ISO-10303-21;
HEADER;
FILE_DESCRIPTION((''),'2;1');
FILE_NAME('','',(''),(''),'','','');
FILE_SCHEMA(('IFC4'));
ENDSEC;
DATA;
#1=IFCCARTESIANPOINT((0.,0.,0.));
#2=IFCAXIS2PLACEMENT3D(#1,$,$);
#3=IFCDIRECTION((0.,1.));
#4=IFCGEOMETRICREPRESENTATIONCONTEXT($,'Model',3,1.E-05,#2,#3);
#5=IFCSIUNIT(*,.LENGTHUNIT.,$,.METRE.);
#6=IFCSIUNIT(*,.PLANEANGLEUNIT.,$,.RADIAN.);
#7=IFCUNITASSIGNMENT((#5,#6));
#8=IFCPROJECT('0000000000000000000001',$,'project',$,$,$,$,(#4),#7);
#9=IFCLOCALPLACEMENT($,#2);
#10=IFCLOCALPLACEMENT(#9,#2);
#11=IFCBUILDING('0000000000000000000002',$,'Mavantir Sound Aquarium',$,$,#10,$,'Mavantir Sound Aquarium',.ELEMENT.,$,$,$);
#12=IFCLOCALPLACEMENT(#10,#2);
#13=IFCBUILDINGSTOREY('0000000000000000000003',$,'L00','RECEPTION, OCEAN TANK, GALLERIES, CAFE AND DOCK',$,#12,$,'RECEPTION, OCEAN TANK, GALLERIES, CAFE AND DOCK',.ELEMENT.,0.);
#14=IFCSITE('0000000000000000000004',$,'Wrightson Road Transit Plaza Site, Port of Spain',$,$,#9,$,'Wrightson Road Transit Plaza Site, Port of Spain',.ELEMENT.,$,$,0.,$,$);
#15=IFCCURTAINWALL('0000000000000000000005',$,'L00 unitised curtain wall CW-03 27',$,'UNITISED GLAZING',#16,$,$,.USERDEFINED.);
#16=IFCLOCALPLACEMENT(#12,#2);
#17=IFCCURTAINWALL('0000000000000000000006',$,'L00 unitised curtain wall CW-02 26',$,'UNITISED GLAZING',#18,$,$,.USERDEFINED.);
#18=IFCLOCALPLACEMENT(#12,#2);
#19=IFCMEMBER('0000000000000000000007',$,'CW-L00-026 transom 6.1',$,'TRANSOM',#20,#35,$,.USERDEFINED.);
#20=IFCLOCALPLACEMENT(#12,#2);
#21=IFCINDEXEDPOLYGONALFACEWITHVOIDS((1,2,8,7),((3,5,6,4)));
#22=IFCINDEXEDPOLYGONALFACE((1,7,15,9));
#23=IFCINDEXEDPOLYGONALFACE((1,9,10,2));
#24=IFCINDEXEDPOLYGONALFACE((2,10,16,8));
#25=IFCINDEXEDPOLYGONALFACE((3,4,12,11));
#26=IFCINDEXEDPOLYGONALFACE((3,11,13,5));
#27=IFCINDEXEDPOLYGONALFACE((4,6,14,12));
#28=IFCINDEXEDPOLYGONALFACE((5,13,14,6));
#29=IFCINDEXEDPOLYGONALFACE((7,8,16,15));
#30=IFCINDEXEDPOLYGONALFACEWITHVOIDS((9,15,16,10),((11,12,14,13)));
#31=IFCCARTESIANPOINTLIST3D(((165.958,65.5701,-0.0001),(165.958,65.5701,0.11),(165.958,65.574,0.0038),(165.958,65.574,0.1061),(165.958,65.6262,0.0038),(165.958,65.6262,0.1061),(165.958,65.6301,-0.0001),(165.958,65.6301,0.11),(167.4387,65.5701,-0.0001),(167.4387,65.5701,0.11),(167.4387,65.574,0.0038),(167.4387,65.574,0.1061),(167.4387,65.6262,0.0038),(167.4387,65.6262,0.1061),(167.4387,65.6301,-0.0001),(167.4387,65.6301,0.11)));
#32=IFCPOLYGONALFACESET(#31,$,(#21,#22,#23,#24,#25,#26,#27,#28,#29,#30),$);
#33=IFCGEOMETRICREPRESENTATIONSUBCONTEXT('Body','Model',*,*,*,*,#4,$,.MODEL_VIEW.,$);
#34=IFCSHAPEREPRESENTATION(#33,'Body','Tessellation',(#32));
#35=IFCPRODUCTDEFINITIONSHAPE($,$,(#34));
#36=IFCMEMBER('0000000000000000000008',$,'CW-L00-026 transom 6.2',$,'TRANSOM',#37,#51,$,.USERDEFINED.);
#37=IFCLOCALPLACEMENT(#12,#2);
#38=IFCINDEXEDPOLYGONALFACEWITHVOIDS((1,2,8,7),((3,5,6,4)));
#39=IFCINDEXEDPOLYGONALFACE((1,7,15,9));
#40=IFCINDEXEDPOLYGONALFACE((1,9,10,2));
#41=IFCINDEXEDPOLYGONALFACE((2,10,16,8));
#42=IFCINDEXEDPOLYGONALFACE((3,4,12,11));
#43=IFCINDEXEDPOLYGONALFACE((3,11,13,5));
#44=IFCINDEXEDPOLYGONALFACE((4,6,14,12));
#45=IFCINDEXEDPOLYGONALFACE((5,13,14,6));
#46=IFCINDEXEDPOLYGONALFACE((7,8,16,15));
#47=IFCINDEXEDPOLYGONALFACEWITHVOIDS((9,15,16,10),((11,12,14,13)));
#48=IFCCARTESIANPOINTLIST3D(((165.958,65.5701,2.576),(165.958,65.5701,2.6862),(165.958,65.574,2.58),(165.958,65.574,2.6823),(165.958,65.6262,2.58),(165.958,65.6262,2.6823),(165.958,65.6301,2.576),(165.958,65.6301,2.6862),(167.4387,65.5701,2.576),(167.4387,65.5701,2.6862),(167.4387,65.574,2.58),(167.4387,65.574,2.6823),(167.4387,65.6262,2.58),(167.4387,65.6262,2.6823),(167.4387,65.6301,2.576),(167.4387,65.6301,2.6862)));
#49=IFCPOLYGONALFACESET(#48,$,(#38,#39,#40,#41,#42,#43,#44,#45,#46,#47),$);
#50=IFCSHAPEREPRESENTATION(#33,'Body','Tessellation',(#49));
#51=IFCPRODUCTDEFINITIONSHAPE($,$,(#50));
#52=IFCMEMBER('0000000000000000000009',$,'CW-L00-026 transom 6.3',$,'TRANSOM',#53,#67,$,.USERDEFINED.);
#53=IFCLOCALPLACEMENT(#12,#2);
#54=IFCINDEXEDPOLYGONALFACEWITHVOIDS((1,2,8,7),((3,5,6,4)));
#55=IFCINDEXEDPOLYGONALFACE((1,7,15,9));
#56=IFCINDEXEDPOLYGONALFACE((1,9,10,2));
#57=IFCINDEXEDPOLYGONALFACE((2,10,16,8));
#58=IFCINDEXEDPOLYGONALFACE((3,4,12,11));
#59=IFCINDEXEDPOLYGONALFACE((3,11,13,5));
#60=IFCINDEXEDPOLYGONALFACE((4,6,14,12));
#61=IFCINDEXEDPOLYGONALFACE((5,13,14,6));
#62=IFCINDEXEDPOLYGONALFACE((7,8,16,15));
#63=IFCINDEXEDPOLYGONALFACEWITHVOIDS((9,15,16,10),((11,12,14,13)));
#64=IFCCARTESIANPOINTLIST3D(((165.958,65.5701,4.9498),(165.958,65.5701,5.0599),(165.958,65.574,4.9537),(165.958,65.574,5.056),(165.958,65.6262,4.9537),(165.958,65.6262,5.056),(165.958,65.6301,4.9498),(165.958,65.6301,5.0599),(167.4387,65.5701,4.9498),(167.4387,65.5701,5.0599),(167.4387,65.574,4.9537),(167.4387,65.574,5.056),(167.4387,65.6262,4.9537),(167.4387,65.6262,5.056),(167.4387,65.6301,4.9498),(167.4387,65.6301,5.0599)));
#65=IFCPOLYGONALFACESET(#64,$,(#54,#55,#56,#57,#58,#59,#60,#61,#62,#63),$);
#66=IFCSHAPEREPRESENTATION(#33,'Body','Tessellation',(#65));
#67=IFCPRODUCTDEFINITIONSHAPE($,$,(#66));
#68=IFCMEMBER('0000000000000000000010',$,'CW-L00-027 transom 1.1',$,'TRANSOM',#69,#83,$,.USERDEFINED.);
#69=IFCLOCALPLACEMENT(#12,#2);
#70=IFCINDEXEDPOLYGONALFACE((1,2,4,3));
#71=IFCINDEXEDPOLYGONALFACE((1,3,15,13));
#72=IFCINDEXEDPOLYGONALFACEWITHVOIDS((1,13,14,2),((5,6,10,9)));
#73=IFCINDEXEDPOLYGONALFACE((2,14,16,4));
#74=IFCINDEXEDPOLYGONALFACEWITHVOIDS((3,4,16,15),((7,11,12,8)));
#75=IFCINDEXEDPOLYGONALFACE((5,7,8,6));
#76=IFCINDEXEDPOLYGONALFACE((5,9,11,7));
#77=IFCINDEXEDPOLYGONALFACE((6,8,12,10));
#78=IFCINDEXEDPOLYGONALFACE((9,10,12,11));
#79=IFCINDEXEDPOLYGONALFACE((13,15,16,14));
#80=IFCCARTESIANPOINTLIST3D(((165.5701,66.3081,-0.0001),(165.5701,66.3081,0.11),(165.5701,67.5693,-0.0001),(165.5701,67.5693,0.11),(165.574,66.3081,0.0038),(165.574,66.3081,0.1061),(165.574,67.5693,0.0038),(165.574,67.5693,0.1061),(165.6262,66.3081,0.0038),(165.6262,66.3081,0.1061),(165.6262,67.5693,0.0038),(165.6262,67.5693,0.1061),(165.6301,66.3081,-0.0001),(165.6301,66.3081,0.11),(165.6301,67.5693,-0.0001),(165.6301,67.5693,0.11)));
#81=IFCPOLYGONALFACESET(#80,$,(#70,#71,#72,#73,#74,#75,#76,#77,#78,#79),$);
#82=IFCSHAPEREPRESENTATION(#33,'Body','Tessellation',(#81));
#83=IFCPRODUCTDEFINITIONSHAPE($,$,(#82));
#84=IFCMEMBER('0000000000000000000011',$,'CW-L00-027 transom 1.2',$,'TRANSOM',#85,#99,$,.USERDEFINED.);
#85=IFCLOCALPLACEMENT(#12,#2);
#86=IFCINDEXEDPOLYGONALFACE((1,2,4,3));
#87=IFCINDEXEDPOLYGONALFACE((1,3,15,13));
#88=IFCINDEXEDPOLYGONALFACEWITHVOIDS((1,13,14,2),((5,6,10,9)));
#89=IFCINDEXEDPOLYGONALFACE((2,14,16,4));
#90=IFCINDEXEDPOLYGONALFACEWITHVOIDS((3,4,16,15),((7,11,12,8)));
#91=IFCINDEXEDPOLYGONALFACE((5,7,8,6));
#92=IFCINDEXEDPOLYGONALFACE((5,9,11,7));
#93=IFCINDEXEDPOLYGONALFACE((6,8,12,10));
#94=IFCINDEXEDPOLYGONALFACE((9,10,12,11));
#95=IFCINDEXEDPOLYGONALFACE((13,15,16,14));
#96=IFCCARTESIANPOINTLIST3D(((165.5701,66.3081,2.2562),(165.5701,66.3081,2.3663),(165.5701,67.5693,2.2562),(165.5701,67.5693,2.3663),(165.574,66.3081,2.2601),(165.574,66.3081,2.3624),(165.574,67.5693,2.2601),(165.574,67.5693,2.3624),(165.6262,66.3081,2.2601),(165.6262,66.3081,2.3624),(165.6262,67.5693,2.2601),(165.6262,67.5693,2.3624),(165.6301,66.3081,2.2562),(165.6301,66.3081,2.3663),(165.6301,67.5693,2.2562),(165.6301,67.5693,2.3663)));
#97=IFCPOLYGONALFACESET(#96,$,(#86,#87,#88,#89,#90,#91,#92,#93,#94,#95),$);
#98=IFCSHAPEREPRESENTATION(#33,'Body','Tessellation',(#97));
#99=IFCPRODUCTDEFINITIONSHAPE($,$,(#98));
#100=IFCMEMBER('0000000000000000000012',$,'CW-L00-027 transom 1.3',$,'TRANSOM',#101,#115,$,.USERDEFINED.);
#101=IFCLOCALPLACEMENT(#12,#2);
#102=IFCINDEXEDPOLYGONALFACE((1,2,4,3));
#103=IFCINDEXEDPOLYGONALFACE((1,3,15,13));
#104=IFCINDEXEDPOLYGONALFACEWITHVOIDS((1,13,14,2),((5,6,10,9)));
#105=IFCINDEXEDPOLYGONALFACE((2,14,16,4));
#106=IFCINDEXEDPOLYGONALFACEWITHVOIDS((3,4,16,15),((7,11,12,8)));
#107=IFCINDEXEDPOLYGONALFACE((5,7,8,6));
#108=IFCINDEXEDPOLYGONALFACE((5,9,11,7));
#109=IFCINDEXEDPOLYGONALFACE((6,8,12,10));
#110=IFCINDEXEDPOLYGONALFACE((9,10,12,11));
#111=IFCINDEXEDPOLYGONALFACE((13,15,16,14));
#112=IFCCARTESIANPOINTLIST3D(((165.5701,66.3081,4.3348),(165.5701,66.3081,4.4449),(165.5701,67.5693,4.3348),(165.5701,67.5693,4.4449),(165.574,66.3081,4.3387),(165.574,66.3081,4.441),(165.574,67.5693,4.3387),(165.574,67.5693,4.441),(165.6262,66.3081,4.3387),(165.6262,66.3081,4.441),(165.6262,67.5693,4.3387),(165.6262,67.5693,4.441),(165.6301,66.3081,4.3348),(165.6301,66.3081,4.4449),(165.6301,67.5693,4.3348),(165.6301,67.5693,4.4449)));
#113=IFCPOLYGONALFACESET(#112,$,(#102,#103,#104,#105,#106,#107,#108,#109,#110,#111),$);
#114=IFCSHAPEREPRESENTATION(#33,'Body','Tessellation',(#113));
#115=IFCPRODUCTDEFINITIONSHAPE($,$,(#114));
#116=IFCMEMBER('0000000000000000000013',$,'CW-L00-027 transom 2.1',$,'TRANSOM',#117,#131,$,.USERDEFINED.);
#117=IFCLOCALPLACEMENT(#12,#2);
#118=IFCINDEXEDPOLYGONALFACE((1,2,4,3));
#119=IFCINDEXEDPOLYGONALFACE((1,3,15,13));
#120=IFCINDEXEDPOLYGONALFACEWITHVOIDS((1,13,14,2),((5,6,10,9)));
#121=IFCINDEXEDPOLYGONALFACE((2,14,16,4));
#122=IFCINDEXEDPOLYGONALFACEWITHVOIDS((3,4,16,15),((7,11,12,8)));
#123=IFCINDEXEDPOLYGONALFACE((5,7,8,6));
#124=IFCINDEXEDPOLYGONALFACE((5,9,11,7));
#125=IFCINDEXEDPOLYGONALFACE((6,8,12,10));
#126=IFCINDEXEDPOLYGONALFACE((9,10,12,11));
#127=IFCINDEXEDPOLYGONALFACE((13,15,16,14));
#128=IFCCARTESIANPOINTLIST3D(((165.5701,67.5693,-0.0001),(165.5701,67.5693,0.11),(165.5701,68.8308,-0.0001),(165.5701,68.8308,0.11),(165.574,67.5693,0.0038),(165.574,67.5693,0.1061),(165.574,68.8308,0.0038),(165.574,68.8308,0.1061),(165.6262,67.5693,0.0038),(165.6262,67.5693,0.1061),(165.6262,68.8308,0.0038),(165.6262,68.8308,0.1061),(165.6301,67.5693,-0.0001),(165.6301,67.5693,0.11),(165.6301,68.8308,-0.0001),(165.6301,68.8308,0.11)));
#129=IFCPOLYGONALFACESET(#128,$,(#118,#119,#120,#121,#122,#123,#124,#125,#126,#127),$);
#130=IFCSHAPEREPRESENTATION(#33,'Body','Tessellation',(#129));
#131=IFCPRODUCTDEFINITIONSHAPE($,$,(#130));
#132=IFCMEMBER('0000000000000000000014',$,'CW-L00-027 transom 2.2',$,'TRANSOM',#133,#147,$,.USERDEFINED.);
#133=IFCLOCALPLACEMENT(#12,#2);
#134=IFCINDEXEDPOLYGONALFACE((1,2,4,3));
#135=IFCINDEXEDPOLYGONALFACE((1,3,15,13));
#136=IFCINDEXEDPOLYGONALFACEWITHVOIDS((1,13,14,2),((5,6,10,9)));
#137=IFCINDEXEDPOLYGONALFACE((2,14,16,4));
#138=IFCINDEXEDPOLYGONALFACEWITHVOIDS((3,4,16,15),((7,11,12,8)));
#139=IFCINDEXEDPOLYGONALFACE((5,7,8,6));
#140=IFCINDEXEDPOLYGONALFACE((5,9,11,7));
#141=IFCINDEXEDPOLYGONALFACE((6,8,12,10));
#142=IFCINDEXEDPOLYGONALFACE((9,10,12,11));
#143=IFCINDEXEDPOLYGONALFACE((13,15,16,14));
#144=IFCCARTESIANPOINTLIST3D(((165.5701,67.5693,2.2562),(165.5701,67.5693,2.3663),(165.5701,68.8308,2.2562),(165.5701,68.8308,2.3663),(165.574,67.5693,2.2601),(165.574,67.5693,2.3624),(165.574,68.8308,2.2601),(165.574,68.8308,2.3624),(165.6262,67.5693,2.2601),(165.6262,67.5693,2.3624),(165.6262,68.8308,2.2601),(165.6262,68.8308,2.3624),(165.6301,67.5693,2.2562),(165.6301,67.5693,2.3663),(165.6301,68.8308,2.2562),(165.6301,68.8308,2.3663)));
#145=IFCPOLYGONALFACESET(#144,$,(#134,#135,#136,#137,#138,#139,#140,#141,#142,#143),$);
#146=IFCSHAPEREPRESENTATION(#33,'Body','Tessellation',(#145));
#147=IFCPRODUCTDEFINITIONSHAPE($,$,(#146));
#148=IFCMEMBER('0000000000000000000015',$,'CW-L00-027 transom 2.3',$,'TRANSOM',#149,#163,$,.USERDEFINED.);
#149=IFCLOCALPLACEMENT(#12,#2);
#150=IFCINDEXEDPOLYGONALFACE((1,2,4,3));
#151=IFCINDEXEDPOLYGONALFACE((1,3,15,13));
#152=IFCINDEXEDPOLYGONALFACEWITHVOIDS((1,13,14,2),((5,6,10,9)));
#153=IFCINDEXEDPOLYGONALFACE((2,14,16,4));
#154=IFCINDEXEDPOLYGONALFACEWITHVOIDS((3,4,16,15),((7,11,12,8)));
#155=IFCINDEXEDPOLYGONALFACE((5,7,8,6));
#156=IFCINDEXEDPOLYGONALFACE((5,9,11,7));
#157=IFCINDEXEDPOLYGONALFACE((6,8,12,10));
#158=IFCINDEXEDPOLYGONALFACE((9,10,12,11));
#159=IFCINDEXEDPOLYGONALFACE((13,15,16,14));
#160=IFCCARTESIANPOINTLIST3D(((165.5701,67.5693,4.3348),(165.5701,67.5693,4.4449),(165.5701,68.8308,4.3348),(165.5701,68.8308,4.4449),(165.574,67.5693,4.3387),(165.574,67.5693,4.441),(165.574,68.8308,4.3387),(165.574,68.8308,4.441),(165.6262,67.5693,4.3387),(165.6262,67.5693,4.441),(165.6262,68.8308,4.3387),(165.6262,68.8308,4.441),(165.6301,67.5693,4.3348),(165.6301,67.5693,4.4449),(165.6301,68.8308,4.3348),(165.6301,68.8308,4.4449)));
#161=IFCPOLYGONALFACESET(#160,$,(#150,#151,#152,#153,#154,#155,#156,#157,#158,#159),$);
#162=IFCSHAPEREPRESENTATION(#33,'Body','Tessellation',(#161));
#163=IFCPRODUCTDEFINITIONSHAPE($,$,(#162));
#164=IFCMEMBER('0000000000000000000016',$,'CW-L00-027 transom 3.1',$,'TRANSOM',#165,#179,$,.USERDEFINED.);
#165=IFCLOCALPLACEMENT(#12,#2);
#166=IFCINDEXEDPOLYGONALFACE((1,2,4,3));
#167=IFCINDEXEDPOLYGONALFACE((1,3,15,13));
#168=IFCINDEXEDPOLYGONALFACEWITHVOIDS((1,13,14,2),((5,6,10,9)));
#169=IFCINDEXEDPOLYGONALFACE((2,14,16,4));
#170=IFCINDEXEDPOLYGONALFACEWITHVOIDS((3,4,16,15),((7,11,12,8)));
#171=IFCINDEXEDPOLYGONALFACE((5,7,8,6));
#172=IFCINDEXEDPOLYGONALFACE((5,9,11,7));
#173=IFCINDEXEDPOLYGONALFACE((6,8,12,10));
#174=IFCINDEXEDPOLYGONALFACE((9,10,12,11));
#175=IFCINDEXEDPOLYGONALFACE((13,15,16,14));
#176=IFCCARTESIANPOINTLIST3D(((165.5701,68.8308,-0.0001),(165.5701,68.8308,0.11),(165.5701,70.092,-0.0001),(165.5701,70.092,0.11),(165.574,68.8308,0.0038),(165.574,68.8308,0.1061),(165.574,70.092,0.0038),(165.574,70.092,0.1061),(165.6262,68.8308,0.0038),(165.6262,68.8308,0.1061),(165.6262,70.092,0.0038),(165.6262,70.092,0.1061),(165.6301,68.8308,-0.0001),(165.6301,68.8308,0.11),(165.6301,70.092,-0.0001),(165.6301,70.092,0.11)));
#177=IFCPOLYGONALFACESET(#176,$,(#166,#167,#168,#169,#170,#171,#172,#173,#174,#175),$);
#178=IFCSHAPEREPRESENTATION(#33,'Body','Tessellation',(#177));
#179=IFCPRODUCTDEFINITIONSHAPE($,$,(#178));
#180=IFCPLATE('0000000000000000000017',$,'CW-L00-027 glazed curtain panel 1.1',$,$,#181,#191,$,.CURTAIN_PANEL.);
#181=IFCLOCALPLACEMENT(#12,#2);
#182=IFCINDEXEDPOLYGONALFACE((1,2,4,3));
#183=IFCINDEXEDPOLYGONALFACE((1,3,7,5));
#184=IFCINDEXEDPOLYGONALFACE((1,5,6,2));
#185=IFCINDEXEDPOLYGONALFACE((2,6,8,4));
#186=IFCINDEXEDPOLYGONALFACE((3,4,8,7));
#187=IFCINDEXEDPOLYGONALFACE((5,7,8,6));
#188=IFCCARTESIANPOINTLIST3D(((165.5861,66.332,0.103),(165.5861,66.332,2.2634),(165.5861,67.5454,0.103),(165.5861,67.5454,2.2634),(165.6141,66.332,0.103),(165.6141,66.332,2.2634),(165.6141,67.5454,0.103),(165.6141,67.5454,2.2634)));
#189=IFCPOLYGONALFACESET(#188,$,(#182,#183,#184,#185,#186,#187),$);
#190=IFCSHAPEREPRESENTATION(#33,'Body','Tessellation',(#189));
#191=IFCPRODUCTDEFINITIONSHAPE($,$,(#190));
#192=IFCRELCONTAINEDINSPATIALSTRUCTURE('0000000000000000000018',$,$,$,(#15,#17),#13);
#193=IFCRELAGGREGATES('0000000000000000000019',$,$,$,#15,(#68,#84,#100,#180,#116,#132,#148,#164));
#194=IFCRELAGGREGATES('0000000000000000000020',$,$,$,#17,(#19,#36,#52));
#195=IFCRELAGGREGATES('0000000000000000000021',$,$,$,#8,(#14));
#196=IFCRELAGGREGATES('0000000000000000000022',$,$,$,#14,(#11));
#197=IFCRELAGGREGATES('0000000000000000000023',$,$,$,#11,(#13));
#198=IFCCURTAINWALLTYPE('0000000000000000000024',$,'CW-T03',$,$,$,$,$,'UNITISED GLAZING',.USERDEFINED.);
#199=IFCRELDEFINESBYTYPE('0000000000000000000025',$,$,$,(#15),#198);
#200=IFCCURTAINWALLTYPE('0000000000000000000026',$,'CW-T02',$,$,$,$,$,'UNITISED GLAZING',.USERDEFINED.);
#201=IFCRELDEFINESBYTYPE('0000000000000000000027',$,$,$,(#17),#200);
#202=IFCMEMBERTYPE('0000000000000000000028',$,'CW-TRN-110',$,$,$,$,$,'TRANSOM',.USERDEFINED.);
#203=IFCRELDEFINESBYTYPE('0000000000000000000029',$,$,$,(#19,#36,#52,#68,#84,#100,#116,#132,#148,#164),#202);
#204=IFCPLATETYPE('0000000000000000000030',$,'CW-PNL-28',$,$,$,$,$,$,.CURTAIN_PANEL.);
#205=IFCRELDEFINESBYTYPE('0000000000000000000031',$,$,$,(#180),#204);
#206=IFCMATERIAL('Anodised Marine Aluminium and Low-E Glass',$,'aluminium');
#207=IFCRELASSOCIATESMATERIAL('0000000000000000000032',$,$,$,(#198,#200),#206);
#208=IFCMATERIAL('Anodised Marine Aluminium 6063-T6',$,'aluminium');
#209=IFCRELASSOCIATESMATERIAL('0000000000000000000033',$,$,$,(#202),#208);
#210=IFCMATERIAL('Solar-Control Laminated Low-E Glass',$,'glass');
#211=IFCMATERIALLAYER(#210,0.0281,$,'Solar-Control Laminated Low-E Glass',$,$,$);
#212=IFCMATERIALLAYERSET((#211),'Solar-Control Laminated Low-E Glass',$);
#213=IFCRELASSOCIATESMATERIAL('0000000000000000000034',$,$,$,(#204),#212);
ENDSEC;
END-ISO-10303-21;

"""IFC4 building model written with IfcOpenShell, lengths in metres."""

from ifc_helpers import new_model, si_unit, direction, frame, origin, origin_2d, place, context, subcontext, project, spatial, rectangle, hollow_rectangle, extrude, material, layer, layer_set, material_profile, profile_set, type_object, element, aggregate, save


model = new_model("IFC4")

# Units and contexts
model_context = context("Model", 3, precision=1e-05, world=origin(), true_north=direction((0.0, 1.0)))
body_context = subcontext(model_context, "Body", "Model", "MODEL_VIEW")
ifc_project = project(units=[si_unit("LENGTHUNIT", "METRE"), si_unit("PLANEANGLEUNIT", "RADIAN")], contexts=[model_context])

# Site, building, storey
site_placement = place(None, origin())
site = spatial("IfcSite", under=ifc_project, at=site_placement, Name="Wrightson Road Transit Plaza Site, Port of Spain", LongName="Wrightson Road Transit Plaza Site, Port of Spain", CompositionType="ELEMENT", RefElevation=0.0)
building_placement = place(site_placement, origin())
building = spatial("IfcBuilding", under=site, at=building_placement, Name="Mavantir Sound Aquarium", LongName="Mavantir Sound Aquarium", CompositionType="ELEMENT")
storey_placement = place(building_placement, origin())
storey = spatial("IfcBuildingStorey", under=building, at=storey_placement, Name="L00", Description="RECEPTION, OCEAN TANK, GALLERIES, CAFE AND DOCK", LongName="RECEPTION, OCEAN TANK, GALLERIES, CAFE AND DOCK", CompositionType="ELEMENT", Elevation=0.0)

# Curtain walls, members
ifc_material_1 = material(Name="Anodised Marine Aluminium and Low-E Glass", Category="aluminium")
curtain_wall_type_1 = type_object("IfcCurtainWallType", Name="CW-T03", ElementType="UNITISED GLAZING", PredefinedType="USERDEFINED", material=ifc_material_1)
curtain_wall_1_placement = place(storey_placement, origin())
curtain_wall_1 = element("IfcCurtainWall", 1, at=curtain_wall_1_placement, inside=storey, type_object=curtain_wall_type_1, Name="L00 unitised curtain wall CW-03 27", ObjectType="UNITISED GLAZING", PredefinedType="USERDEFINED")
ifc_material_2 = material(Name="Anodised Marine Aluminium 6063-T6", Category="aluminium")
curtain_wall_type_2 = type_object("IfcCurtainWallType", Name="CW-T02", ElementType="UNITISED GLAZING", PredefinedType="USERDEFINED", material=ifc_material_1)
curtain_wall_2_placement = place(storey_placement, origin())
curtain_wall_2 = element("IfcCurtainWall", 2, at=curtain_wall_2_placement, inside=storey, type_object=curtain_wall_type_2, Name="L00 unitised curtain wall CW-02 26", ObjectType="UNITISED GLAZING", PredefinedType="USERDEFINED")
ifc_material_profile_1 = material_profile(ifc_material_2, hollow_rectangle(XDim=0.0601, YDim=0.1101, WallThickness=0.0039, at=origin_2d()), Name="ALU-TRANSOM-110X60")
ifc_profile_set_1 = profile_set([ifc_material_profile_1], Name="Anodised Marine Aluminium 6063-T6")
member_type_1 = type_object("IfcMemberType", Name="CW-TRN-110", ElementType="TRANSOM", PredefinedType="USERDEFINED", material=ifc_profile_set_1)
member_1_placement = place(storey_placement, frame((167.4387, 65.6001, 0.0549), z_axis=(-1.0, 0.0, 0.0), x_axis=(0.0, -1.0, 0.0)))
member_1 = element("IfcMember", 3, at=member_1_placement, type_object=member_type_1, Name="CW-L00-026 transom 6.1", ObjectType="TRANSOM", PredefinedType="USERDEFINED", context=body_context, shape_type="SweptSolid", body=[
    extrude(hollow_rectangle(XDim=0.0601, YDim=0.1101, WallThickness=0.0039, at=origin_2d()), origin(), (0.0, 0.0, 1.0), 1.4807),
])
member_2_placement = place(storey_placement, frame((167.4387, 65.6001, 2.6311), z_axis=(-1.0, 0.0, 0.0), x_axis=(0.0, -1.0, 0.0)))
member_2 = element("IfcMember", 4, at=member_2_placement, type_object=member_type_1, Name="CW-L00-026 transom 6.2", ObjectType="TRANSOM", PredefinedType="USERDEFINED", context=body_context, shape_type="SweptSolid", body=[
    extrude(hollow_rectangle(XDim=0.0601, YDim=0.1101, WallThickness=0.0039, at=origin_2d()), origin(), (0.0, 0.0, 1.0), 1.4807),
])
member_3_placement = place(storey_placement, frame((167.4387, 65.6001, 5.0049), z_axis=(-1.0, 0.0, 0.0), x_axis=(0.0, -1.0, 0.0)))
member_3 = element("IfcMember", 5, at=member_3_placement, type_object=member_type_1, Name="CW-L00-026 transom 6.3", ObjectType="TRANSOM", PredefinedType="USERDEFINED", context=body_context, shape_type="SweptSolid", body=[
    extrude(hollow_rectangle(XDim=0.0601, YDim=0.1101, WallThickness=0.0039, at=origin_2d()), origin(), (0.0, 0.0, 1.0), 1.4807),
])

# Members
member_4_placement = place(storey_placement, frame((165.6001, 66.3081, 0.0549), z_axis=(0.0, 1.0, 0.0), x_axis=(-1.0, 0.0, 0.0)))
member_4 = element("IfcMember", 6, at=member_4_placement, type_object=member_type_1, Name="CW-L00-027 transom 1.1", ObjectType="TRANSOM", PredefinedType="USERDEFINED", context=body_context, shape_type="SweptSolid", body=[
    extrude(hollow_rectangle(XDim=0.0601, YDim=0.1101, WallThickness=0.0039, at=origin_2d()), origin(), (0.0, 0.0, 1.0), 1.2612),
])
member_5_placement = place(storey_placement, frame((165.6001, 66.3081, 2.3113), z_axis=(0.0, 1.0, 0.0), x_axis=(-1.0, 0.0, 0.0)))
member_5 = element("IfcMember", 7, at=member_5_placement, type_object=member_type_1, Name="CW-L00-027 transom 1.2", ObjectType="TRANSOM", PredefinedType="USERDEFINED", context=body_context, shape_type="SweptSolid", body=[
    extrude(hollow_rectangle(XDim=0.0601, YDim=0.1101, WallThickness=0.0039, at=origin_2d()), origin(), (0.0, 0.0, 1.0), 1.2612),
])
member_6_placement = place(storey_placement, frame((165.6001, 66.3081, 4.3899), z_axis=(0.0, 1.0, 0.0), x_axis=(-1.0, 0.0, 0.0)))
member_6 = element("IfcMember", 8, at=member_6_placement, type_object=member_type_1, Name="CW-L00-027 transom 1.3", ObjectType="TRANSOM", PredefinedType="USERDEFINED", context=body_context, shape_type="SweptSolid", body=[
    extrude(hollow_rectangle(XDim=0.0601, YDim=0.1101, WallThickness=0.0039, at=origin_2d()), origin(), (0.0, 0.0, 1.0), 1.2612),
])
member_7_placement = place(storey_placement, frame((165.6001, 67.5693, 0.0549), z_axis=(0.0, 1.0, 0.0), x_axis=(-1.0, 0.0, 0.0)))
member_7 = element("IfcMember", 9, at=member_7_placement, type_object=member_type_1, Name="CW-L00-027 transom 2.1", ObjectType="TRANSOM", PredefinedType="USERDEFINED", context=body_context, shape_type="SweptSolid", body=[
    extrude(hollow_rectangle(XDim=0.0601, YDim=0.1101, WallThickness=0.0039, at=origin_2d()), origin(), (0.0, 0.0, 1.0), 1.2615),
])
member_8_placement = place(storey_placement, frame((165.6001, 67.5693, 2.3113), z_axis=(0.0, 1.0, 0.0), x_axis=(-1.0, 0.0, 0.0)))
member_8 = element("IfcMember", 10, at=member_8_placement, type_object=member_type_1, Name="CW-L00-027 transom 2.2", ObjectType="TRANSOM", PredefinedType="USERDEFINED", context=body_context, shape_type="SweptSolid", body=[
    extrude(hollow_rectangle(XDim=0.0601, YDim=0.1101, WallThickness=0.0039, at=origin_2d()), origin(), (0.0, 0.0, 1.0), 1.2615),
])
member_9_placement = place(storey_placement, frame((165.6001, 67.5693, 4.3899), z_axis=(0.0, 1.0, 0.0), x_axis=(-1.0, 0.0, 0.0)))
member_9 = element("IfcMember", 11, at=member_9_placement, type_object=member_type_1, Name="CW-L00-027 transom 2.3", ObjectType="TRANSOM", PredefinedType="USERDEFINED", context=body_context, shape_type="SweptSolid", body=[
    extrude(hollow_rectangle(XDim=0.0601, YDim=0.1101, WallThickness=0.0039, at=origin_2d()), origin(), (0.0, 0.0, 1.0), 1.2615),
])
member_10_placement = place(storey_placement, frame((165.6001, 68.8308, 0.0549), z_axis=(0.0, 1.0, 0.0), x_axis=(-1.0, 0.0, 0.0)))
member_10 = element("IfcMember", 12, at=member_10_placement, type_object=member_type_1, Name="CW-L00-027 transom 3.1", ObjectType="TRANSOM", PredefinedType="USERDEFINED", context=body_context, shape_type="SweptSolid", body=[
    extrude(hollow_rectangle(XDim=0.0601, YDim=0.1101, WallThickness=0.0039, at=origin_2d()), origin(), (0.0, 0.0, 1.0), 1.2612),
])

# Plate
ifc_material_3 = material(Name="Solar-Control Laminated Low-E Glass", Category="glass")
ifc_layer_1 = layer(ifc_material_3, 0.0281, Name="Solar-Control Laminated Low-E Glass")
ifc_layer_set_1 = layer_set([ifc_layer_1], Name="Solar-Control Laminated Low-E Glass")
plate_type_1 = type_object("IfcPlateType", Name="CW-PNL-28", PredefinedType="CURTAIN_PANEL", material=ifc_layer_set_1)
plate_1_placement = place(storey_placement, frame((165.6001, 66.9387, 0.103), z_axis=(0.0, 0.0, 1.0), x_axis=(0.0, 1.0, 0.0)))
plate_1 = element("IfcPlate", 13, at=plate_1_placement, type_object=plate_type_1, Name="CW-L00-027 glazed curtain panel 1.1", PredefinedType="CURTAIN_PANEL", context=body_context, shape_type="SweptSolid", body=[
    extrude(rectangle(XDim=1.2134, YDim=0.0281, at=origin_2d()), origin(), (0.0, 0.0, 1.0), 2.1604),
])
aggregate(curtain_wall_1, [member_4, member_5, member_6, plate_1, member_7, member_8, member_9, member_10])
aggregate(curtain_wall_2, [member_1, member_2, member_3])

save(model, "model.ifc")
